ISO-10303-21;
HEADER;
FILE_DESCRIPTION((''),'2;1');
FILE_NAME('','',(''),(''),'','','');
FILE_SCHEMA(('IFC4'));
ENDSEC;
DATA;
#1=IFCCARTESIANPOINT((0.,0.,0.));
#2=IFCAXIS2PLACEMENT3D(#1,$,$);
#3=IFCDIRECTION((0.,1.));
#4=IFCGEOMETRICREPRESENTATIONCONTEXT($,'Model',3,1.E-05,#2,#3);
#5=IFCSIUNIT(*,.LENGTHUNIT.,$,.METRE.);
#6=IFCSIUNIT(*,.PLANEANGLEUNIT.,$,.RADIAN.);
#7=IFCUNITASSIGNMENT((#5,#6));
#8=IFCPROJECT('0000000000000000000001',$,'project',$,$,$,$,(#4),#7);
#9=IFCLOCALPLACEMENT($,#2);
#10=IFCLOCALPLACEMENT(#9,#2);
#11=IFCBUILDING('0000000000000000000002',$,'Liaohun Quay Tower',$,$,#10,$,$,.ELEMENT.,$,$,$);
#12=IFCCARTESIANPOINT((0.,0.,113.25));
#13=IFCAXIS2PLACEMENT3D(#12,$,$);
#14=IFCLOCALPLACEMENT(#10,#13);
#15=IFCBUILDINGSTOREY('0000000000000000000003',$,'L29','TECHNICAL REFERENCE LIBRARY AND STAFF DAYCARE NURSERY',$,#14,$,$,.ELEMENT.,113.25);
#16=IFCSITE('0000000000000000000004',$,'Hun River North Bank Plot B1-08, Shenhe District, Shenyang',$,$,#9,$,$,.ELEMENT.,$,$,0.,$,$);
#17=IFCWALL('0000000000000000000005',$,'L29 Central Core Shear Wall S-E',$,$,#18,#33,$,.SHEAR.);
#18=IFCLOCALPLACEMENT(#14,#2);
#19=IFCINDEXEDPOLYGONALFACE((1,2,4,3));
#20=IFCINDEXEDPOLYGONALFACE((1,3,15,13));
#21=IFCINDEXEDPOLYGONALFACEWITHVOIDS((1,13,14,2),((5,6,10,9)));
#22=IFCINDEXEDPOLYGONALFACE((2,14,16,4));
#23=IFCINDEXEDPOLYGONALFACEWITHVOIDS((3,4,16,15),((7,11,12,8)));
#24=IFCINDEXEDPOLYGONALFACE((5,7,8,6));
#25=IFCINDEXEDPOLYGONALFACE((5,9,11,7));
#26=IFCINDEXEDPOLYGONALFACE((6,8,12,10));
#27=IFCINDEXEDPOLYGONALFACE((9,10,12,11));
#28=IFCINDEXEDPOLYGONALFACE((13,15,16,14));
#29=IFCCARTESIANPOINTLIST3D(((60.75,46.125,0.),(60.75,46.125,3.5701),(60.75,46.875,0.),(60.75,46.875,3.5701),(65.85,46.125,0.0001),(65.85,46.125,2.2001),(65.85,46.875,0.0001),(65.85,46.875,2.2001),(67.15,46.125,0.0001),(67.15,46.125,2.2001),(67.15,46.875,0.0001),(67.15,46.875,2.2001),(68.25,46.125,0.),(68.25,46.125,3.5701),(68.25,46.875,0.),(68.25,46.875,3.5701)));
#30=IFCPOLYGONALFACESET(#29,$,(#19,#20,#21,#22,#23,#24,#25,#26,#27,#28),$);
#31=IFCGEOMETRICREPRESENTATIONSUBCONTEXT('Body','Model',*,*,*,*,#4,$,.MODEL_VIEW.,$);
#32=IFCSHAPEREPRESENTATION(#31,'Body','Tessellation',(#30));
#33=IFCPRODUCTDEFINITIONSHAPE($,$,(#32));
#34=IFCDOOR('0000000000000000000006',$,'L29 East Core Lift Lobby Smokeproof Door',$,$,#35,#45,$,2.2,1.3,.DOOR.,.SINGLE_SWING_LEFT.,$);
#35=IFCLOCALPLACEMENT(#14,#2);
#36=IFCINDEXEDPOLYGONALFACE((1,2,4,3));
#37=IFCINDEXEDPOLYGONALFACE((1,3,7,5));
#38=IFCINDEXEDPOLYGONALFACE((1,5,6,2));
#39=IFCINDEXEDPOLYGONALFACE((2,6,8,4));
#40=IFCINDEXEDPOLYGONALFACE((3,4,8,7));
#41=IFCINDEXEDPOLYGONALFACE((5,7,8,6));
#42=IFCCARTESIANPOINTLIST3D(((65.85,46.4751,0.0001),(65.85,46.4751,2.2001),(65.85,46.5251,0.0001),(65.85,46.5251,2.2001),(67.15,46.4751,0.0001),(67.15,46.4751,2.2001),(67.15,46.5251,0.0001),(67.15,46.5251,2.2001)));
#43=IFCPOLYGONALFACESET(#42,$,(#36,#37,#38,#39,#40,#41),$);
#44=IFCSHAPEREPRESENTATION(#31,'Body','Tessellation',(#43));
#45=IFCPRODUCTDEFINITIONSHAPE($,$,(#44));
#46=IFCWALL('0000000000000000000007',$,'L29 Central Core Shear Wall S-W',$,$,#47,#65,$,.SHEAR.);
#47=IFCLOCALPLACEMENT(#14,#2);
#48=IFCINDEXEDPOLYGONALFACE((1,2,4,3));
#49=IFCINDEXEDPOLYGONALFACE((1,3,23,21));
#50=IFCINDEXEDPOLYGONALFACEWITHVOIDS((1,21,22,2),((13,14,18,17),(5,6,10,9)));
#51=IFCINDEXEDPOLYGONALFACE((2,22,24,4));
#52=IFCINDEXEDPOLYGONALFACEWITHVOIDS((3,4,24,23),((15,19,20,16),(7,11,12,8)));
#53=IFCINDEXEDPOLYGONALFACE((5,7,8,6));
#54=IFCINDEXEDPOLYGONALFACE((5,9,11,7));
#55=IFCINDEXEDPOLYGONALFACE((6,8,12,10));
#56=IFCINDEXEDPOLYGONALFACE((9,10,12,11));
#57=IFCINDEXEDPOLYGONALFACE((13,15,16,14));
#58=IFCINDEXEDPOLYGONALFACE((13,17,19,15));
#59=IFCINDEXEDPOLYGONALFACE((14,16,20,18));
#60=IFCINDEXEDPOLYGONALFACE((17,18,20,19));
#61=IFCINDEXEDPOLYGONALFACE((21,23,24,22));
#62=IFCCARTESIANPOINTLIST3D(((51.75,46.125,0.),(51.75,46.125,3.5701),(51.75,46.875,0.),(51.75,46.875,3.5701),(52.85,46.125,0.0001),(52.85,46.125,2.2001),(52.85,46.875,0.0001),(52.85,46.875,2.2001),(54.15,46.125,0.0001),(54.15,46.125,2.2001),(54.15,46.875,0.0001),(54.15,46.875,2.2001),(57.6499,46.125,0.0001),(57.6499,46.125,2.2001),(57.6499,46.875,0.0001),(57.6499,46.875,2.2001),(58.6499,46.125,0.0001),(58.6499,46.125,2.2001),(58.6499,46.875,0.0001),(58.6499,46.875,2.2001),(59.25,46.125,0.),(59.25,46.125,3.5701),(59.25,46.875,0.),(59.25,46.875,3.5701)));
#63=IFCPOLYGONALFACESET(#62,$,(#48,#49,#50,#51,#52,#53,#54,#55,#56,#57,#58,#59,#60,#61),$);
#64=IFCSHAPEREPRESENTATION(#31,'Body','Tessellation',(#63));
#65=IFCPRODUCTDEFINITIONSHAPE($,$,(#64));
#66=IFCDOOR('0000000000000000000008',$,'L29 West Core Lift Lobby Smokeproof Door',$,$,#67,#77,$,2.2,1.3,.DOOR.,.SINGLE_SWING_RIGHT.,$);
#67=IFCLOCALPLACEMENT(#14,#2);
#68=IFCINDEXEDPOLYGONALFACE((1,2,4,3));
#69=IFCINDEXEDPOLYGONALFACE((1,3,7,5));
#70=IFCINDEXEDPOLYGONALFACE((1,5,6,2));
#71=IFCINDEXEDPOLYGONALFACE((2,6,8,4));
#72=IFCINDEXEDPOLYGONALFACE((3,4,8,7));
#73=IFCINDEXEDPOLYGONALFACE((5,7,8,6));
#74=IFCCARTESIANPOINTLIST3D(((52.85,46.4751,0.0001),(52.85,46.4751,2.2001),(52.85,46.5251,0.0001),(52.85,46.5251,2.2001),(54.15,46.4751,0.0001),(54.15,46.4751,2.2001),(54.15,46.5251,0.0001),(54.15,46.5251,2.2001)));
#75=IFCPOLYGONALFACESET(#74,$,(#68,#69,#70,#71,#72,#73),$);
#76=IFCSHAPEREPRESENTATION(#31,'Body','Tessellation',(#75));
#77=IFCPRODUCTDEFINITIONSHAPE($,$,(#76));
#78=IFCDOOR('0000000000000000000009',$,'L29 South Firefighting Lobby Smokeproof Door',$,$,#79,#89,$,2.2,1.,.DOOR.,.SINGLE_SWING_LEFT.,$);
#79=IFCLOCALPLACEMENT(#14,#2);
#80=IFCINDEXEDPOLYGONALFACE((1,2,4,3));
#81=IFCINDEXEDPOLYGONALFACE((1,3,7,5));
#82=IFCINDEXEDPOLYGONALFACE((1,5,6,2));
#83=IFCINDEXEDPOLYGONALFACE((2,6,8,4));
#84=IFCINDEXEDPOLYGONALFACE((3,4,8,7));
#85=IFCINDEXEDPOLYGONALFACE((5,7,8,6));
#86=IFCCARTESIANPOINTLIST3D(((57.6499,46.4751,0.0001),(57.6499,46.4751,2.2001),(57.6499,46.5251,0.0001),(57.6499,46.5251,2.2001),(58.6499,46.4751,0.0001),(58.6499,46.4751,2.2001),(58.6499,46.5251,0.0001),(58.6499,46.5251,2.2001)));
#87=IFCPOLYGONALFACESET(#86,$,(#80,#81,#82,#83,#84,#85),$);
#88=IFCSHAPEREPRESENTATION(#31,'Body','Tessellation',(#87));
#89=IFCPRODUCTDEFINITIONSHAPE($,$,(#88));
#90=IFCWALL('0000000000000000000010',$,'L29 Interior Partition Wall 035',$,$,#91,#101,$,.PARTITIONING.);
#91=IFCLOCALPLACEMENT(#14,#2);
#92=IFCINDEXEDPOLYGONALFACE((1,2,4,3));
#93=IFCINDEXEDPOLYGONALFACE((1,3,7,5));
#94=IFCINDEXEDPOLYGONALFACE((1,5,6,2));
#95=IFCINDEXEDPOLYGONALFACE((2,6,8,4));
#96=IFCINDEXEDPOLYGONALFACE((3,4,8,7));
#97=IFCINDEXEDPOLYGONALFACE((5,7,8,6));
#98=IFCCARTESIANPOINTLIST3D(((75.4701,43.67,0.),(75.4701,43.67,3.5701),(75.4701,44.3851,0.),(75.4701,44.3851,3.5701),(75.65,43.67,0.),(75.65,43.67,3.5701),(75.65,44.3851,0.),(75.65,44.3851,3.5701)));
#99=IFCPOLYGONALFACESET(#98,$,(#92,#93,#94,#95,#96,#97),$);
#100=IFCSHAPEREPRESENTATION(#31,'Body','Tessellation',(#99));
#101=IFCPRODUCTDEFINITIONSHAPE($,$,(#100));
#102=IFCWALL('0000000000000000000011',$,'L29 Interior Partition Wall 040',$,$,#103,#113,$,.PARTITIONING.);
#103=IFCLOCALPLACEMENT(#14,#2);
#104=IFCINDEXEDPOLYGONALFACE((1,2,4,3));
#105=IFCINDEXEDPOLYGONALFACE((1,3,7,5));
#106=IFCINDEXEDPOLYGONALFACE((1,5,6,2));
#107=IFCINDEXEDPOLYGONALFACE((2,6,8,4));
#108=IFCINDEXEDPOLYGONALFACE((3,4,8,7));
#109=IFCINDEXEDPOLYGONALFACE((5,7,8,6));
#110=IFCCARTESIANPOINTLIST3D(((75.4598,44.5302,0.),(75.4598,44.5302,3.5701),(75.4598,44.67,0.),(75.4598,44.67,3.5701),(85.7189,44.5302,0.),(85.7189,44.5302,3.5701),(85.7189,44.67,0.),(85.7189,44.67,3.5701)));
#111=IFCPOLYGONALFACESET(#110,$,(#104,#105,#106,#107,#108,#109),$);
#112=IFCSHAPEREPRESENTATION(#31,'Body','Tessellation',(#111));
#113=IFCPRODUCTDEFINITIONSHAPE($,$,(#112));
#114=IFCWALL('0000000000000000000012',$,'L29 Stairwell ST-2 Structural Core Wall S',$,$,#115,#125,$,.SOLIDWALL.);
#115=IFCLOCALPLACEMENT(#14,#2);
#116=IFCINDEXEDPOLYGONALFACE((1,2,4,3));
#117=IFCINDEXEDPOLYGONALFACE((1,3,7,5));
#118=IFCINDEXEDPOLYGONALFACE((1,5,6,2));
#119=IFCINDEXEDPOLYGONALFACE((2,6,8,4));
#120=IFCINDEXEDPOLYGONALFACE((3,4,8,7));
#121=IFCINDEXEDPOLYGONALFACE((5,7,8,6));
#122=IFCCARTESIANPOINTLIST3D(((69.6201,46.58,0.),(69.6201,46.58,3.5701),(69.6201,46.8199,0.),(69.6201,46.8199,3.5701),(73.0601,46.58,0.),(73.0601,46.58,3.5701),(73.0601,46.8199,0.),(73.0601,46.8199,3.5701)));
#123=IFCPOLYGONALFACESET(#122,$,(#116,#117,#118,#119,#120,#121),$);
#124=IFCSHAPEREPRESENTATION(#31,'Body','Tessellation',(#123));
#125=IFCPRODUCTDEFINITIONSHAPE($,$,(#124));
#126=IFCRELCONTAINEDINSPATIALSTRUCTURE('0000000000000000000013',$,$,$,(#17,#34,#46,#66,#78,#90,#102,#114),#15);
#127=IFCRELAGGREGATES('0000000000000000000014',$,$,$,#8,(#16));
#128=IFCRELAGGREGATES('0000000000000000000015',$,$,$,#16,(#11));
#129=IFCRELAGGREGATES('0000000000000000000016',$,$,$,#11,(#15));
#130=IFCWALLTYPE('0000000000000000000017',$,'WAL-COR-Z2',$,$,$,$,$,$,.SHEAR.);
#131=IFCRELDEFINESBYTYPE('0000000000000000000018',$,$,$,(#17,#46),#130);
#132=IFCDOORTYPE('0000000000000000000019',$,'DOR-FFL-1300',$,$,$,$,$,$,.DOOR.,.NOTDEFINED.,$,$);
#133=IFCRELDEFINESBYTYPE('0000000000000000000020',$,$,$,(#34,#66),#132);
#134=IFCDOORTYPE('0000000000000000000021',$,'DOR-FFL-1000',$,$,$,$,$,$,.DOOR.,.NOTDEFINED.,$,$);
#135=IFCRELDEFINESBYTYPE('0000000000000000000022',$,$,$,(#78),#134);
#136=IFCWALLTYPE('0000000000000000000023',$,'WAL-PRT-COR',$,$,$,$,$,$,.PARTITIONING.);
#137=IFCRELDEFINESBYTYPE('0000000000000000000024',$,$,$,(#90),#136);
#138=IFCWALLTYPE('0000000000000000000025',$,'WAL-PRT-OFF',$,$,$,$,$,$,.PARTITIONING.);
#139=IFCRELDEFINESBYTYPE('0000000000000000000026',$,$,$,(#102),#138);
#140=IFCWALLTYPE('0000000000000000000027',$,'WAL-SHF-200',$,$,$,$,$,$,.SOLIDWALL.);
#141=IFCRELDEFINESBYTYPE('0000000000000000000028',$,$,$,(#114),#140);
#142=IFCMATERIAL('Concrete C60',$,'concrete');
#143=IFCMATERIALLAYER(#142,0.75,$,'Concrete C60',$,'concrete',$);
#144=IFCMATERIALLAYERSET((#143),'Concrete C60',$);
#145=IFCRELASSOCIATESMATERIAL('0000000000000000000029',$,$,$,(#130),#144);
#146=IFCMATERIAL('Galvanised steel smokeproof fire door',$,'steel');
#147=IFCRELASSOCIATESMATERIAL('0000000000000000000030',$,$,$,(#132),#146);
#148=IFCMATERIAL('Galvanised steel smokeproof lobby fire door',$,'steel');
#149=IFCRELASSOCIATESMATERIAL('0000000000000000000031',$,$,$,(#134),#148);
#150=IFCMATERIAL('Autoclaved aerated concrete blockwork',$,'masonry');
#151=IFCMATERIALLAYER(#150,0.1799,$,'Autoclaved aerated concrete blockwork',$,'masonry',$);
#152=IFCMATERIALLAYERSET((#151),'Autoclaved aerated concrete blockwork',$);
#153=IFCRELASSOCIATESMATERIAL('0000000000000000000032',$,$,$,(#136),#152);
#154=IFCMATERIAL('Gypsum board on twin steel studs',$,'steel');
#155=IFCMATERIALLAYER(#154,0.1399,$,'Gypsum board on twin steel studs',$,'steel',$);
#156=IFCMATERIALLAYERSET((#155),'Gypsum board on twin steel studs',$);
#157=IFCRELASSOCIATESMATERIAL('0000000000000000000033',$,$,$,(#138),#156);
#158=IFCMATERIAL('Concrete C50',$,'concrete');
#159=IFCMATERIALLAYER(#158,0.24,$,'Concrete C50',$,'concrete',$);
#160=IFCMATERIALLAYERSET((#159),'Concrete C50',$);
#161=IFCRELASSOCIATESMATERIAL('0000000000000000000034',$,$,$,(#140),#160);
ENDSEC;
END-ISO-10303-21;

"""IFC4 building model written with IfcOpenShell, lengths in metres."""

from ifc_helpers import new_model, si_unit, direction, frame, frame_2d, origin, place, context, subcontext, project, spatial, rectangle, extrude, source, transform, mapped, material, layer, layer_set, type_object, element, fill, save


model = new_model("IFC4")

# Units and contexts
model_context = context("Model", 3, precision=1e-05, world=origin(), true_north=direction((0.0, 1.0)))
body_context = subcontext(model_context, "Body", "Model", "MODEL_VIEW")
ifc_project = project(units=[si_unit("LENGTHUNIT", "METRE"), si_unit("PLANEANGLEUNIT", "RADIAN")], contexts=[model_context])

# Site, building, storey
site_placement = place(None, origin())
site = spatial("IfcSite", under=ifc_project, at=site_placement, Name="Hun River North Bank Plot B1-08, Shenhe District, Shenyang", CompositionType="ELEMENT", RefElevation=0.0)
building_placement = place(site_placement, origin())
building = spatial("IfcBuilding", under=site, at=building_placement, Name="Liaohun Quay Tower", CompositionType="ELEMENT")
storey_placement = place(building_placement, frame((0.0, 0.0, 113.25)))
storey = spatial("IfcBuildingStorey", under=building, at=storey_placement, Name="L29", Description="TECHNICAL REFERENCE LIBRARY AND STAFF DAYCARE NURSERY", CompositionType="ELEMENT", Elevation=113.25)

# Shared definitions
ifc_material_1 = material(Name="Concrete C60", Category="concrete")

# Wall, opening, door
ifc_layer_1 = layer(ifc_material_1, 0.75, Name="Concrete C60", Category="concrete")
ifc_layer_set_1 = layer_set([ifc_layer_1], Name="Concrete C60")
wall_type_1 = type_object("IfcWallType", Name="WAL-COR-Z2", PredefinedType="SHEAR", material=ifc_layer_set_1)
wall_1_placement = place(storey_placement, frame((68.25, 46.5, 0.0), z_axis=(0.0, 0.0, 1.0), x_axis=(-1.0, 0.0, 0.0)))
wall_1 = element("IfcWall", 1, at=wall_1_placement, inside=storey, type_object=wall_type_1, Name="L29 Central Core Shear Wall S-E", PredefinedType="SHEAR", context=body_context, shape_type="SweptSolid", body=[
    extrude(rectangle(XDim=7.5, YDim=0.75, at=frame_2d((3.75, 0.0))), origin(), (0.0, 0.0, 1.0), 3.5701),
])
shared_shape_1 = source(origin(), body_context, "Body", "SweptSolid", [
    extrude(rectangle(XDim=1.3, YDim=2.2, at=frame_2d((0.6499, 1.1001))), frame((0.0, 0.385, 0.0), z_axis=(0.0, -1.0, 0.0), x_axis=(1.0, 0.0, 0.0)), (0.0, 0.0, 1.0), 0.77),
])
opening_1_placement = place(wall_1_placement, frame((1.1001, 0.0, 0.0)))
opening_1 = element("IfcOpeningElement", 2, at=opening_1_placement, cuts=wall_1, PredefinedType="OPENING", context=body_context, shape_type="MappedRepresentation", body=[
    mapped(shared_shape_1, transform((0.0, 0.0, 0.0), x_axis=(1.0, 0.0, 0.0), y_axis=(0.0, 1.0, 0.0), z_axis=(0.0, 0.0, 1.0), scale=1.0)),
])
ifc_material_2 = material(Name="Galvanised steel smokeproof fire door", Category="steel")
door_type_1 = type_object("IfcDoorType", Name="DOR-FFL-1300", OperationType="NOTDEFINED", PredefinedType="DOOR", material=ifc_material_2)
shared_shape_2 = source(origin(), body_context, "Body", "SweptSolid", [
    extrude(rectangle(XDim=1.3, YDim=2.2, at=frame_2d((0.6499, 1.1001))), frame((0.0, 0.0249, 0.0), z_axis=(0.0, -1.0, 0.0), x_axis=(1.0, 0.0, 0.0)), (0.0, 0.0, 1.0), 0.05),
])
door_1_placement = place(opening_1_placement, origin())
door_1 = element("IfcDoor", 3, at=door_1_placement, inside=storey, type_object=door_type_1, Name="L29 East Core Lift Lobby Smokeproof Door", OperationType="SINGLE_SWING_LEFT", OverallHeight=2.2, OverallWidth=1.3, PredefinedType="DOOR", context=body_context, shape_type="MappedRepresentation", body=[
    mapped(shared_shape_2, transform((0.0, 0.0, 0.0), x_axis=(1.0, 0.0, 0.0), y_axis=(0.0, 1.0, 0.0), z_axis=(0.0, 0.0, 1.0), scale=1.0)),
])
fill(opening_1, door_1)

# Wall, openings, doors
wall_2_placement = place(storey_placement, frame((59.25, 46.5, 0.0), z_axis=(0.0, 0.0, 1.0), x_axis=(-1.0, 0.0, 0.0)))
wall_2 = element("IfcWall", 4, at=wall_2_placement, inside=storey, type_object=wall_type_1, Name="L29 Central Core Shear Wall S-W", PredefinedType="SHEAR", context=body_context, shape_type="SweptSolid", body=[
    extrude(rectangle(XDim=7.5, YDim=0.75, at=frame_2d((3.75, 0.0))), origin(), (0.0, 0.0, 1.0), 3.5701),
])
opening_2_placement = place(wall_2_placement, frame((5.1001, 0.0, 0.0)))
opening_2 = element("IfcOpeningElement", 5, at=opening_2_placement, cuts=wall_2, PredefinedType="OPENING", context=body_context, shape_type="MappedRepresentation", body=[
    mapped(shared_shape_1, transform((0.0, 0.0, 0.0), x_axis=(1.0, 0.0, 0.0), y_axis=(0.0, 1.0, 0.0), z_axis=(0.0, 0.0, 1.0), scale=1.0)),
])
shared_shape_3 = source(origin(), body_context, "Body", "SweptSolid", [
    extrude(rectangle(XDim=1.0, YDim=2.2, at=frame_2d((0.5, 1.1001))), frame((0.0, 0.385, 0.0), z_axis=(0.0, -1.0, 0.0), x_axis=(1.0, 0.0, 0.0)), (0.0, 0.0, 1.0), 0.77),
])
opening_3_placement = place(wall_2_placement, frame((0.6001, 0.0, 0.0)))
opening_3 = element("IfcOpeningElement", 6, at=opening_3_placement, cuts=wall_2, PredefinedType="OPENING", context=body_context, shape_type="MappedRepresentation", body=[
    mapped(shared_shape_3, transform((0.0, 0.0, 0.0), x_axis=(1.0, 0.0, 0.0), y_axis=(0.0, 1.0, 0.0), z_axis=(0.0, 0.0, 1.0), scale=1.0)),
])
door_2_placement = place(opening_2_placement, origin())
door_2 = element("IfcDoor", 7, at=door_2_placement, inside=storey, type_object=door_type_1, Name="L29 West Core Lift Lobby Smokeproof Door", OperationType="SINGLE_SWING_RIGHT", OverallHeight=2.2, OverallWidth=1.3, PredefinedType="DOOR", context=body_context, shape_type="MappedRepresentation", body=[
    mapped(shared_shape_2, transform((0.0, 0.0, 0.0), x_axis=(1.0, 0.0, 0.0), y_axis=(0.0, 1.0, 0.0), z_axis=(0.0, 0.0, 1.0), scale=1.0)),
])
fill(opening_2, door_2)
ifc_material_3 = material(Name="Galvanised steel smokeproof lobby fire door", Category="steel")
door_type_2 = type_object("IfcDoorType", Name="DOR-FFL-1000", OperationType="NOTDEFINED", PredefinedType="DOOR", material=ifc_material_3)
shared_shape_4 = source(origin(), body_context, "Body", "SweptSolid", [
    extrude(rectangle(XDim=1.0, YDim=2.2, at=frame_2d((0.5, 1.1001))), frame((0.0, 0.0249, 0.0), z_axis=(0.0, -1.0, 0.0), x_axis=(1.0, 0.0, 0.0)), (0.0, 0.0, 1.0), 0.05),
])
door_3_placement = place(opening_3_placement, origin())
door_3 = element("IfcDoor", 8, at=door_3_placement, inside=storey, type_object=door_type_2, Name="L29 South Firefighting Lobby Smokeproof Door", OperationType="SINGLE_SWING_LEFT", OverallHeight=2.2, OverallWidth=1.0, PredefinedType="DOOR", context=body_context, shape_type="MappedRepresentation", body=[
    mapped(shared_shape_4, transform((0.0, 0.0, 0.0), x_axis=(1.0, 0.0, 0.0), y_axis=(0.0, 1.0, 0.0), z_axis=(0.0, 0.0, 1.0), scale=1.0)),
])
fill(opening_3, door_3)

# Walls
ifc_material_4 = material(Name="Autoclaved aerated concrete blockwork", Category="masonry")
ifc_layer_2 = layer(ifc_material_4, 0.1799, Name="Autoclaved aerated concrete blockwork", Category="masonry")
ifc_layer_set_2 = layer_set([ifc_layer_2], Name="Autoclaved aerated concrete blockwork")
wall_type_2 = type_object("IfcWallType", Name="WAL-PRT-COR", PredefinedType="PARTITIONING", material=ifc_layer_set_2)
wall_3_placement = place(storey_placement, frame((75.5601, 44.385, 0.0), z_axis=(0.0, 0.0, 1.0), x_axis=(0.0, -1.0, 0.0)))
element("IfcWall", 9, at=wall_3_placement, inside=storey, type_object=wall_type_2, Name="L29 Interior Partition Wall 035", PredefinedType="PARTITIONING", context=body_context, shape_type="SweptSolid", body=[
    extrude(rectangle(XDim=0.7151, YDim=0.1799, at=frame_2d((0.3574, 0.0))), origin(), (0.0, 0.0, 1.0), 3.5701),
])
ifc_material_5 = material(Name="Gypsum board on twin steel studs", Category="steel")
ifc_layer_3 = layer(ifc_material_5, 0.1399, Name="Gypsum board on twin steel studs", Category="steel")
ifc_layer_set_3 = layer_set([ifc_layer_3], Name="Gypsum board on twin steel studs")
wall_type_3 = type_object("IfcWallType", Name="WAL-PRT-OFF", PredefinedType="PARTITIONING", material=ifc_layer_set_3)
wall_4_placement = place(storey_placement, frame((75.46, 44.6001, 0.0), z_axis=(0.0, 0.0, 1.0), x_axis=(1.0, 0.0, 0.0)))
element("IfcWall", 10, at=wall_4_placement, inside=storey, type_object=wall_type_3, Name="L29 Interior Partition Wall 040", PredefinedType="PARTITIONING", context=body_context, shape_type="SweptSolid", body=[
    extrude(rectangle(XDim=10.259, YDim=0.1399, at=frame_2d((5.1294, 0.0))), origin(), (0.0, 0.0, 1.0), 3.5701),
])
ifc_material_6 = material(Name="Concrete C50", Category="concrete")
ifc_layer_4 = layer(ifc_material_6, 0.24, Name="Concrete C50", Category="concrete")
ifc_layer_set_4 = layer_set([ifc_layer_4], Name="Concrete C50")
wall_type_4 = type_object("IfcWallType", Name="WAL-SHF-200", PredefinedType="SOLIDWALL", material=ifc_layer_set_4)
wall_5_placement = place(storey_placement, frame((69.6201, 46.7, 0.0), z_axis=(0.0, 0.0, 1.0), x_axis=(1.0, 0.0, 0.0)))
element("IfcWall", 11, at=wall_5_placement, inside=storey, type_object=wall_type_4, Name="L29 Stairwell ST-2 Structural Core Wall S", PredefinedType="SOLIDWALL", context=body_context, shape_type="SweptSolid", body=[
    extrude(rectangle(XDim=3.4399, YDim=0.24, at=frame_2d((1.72, 0.0))), origin(), (0.0, 0.0, 1.0), 3.5701),
])

save(model, "model.ifc")
